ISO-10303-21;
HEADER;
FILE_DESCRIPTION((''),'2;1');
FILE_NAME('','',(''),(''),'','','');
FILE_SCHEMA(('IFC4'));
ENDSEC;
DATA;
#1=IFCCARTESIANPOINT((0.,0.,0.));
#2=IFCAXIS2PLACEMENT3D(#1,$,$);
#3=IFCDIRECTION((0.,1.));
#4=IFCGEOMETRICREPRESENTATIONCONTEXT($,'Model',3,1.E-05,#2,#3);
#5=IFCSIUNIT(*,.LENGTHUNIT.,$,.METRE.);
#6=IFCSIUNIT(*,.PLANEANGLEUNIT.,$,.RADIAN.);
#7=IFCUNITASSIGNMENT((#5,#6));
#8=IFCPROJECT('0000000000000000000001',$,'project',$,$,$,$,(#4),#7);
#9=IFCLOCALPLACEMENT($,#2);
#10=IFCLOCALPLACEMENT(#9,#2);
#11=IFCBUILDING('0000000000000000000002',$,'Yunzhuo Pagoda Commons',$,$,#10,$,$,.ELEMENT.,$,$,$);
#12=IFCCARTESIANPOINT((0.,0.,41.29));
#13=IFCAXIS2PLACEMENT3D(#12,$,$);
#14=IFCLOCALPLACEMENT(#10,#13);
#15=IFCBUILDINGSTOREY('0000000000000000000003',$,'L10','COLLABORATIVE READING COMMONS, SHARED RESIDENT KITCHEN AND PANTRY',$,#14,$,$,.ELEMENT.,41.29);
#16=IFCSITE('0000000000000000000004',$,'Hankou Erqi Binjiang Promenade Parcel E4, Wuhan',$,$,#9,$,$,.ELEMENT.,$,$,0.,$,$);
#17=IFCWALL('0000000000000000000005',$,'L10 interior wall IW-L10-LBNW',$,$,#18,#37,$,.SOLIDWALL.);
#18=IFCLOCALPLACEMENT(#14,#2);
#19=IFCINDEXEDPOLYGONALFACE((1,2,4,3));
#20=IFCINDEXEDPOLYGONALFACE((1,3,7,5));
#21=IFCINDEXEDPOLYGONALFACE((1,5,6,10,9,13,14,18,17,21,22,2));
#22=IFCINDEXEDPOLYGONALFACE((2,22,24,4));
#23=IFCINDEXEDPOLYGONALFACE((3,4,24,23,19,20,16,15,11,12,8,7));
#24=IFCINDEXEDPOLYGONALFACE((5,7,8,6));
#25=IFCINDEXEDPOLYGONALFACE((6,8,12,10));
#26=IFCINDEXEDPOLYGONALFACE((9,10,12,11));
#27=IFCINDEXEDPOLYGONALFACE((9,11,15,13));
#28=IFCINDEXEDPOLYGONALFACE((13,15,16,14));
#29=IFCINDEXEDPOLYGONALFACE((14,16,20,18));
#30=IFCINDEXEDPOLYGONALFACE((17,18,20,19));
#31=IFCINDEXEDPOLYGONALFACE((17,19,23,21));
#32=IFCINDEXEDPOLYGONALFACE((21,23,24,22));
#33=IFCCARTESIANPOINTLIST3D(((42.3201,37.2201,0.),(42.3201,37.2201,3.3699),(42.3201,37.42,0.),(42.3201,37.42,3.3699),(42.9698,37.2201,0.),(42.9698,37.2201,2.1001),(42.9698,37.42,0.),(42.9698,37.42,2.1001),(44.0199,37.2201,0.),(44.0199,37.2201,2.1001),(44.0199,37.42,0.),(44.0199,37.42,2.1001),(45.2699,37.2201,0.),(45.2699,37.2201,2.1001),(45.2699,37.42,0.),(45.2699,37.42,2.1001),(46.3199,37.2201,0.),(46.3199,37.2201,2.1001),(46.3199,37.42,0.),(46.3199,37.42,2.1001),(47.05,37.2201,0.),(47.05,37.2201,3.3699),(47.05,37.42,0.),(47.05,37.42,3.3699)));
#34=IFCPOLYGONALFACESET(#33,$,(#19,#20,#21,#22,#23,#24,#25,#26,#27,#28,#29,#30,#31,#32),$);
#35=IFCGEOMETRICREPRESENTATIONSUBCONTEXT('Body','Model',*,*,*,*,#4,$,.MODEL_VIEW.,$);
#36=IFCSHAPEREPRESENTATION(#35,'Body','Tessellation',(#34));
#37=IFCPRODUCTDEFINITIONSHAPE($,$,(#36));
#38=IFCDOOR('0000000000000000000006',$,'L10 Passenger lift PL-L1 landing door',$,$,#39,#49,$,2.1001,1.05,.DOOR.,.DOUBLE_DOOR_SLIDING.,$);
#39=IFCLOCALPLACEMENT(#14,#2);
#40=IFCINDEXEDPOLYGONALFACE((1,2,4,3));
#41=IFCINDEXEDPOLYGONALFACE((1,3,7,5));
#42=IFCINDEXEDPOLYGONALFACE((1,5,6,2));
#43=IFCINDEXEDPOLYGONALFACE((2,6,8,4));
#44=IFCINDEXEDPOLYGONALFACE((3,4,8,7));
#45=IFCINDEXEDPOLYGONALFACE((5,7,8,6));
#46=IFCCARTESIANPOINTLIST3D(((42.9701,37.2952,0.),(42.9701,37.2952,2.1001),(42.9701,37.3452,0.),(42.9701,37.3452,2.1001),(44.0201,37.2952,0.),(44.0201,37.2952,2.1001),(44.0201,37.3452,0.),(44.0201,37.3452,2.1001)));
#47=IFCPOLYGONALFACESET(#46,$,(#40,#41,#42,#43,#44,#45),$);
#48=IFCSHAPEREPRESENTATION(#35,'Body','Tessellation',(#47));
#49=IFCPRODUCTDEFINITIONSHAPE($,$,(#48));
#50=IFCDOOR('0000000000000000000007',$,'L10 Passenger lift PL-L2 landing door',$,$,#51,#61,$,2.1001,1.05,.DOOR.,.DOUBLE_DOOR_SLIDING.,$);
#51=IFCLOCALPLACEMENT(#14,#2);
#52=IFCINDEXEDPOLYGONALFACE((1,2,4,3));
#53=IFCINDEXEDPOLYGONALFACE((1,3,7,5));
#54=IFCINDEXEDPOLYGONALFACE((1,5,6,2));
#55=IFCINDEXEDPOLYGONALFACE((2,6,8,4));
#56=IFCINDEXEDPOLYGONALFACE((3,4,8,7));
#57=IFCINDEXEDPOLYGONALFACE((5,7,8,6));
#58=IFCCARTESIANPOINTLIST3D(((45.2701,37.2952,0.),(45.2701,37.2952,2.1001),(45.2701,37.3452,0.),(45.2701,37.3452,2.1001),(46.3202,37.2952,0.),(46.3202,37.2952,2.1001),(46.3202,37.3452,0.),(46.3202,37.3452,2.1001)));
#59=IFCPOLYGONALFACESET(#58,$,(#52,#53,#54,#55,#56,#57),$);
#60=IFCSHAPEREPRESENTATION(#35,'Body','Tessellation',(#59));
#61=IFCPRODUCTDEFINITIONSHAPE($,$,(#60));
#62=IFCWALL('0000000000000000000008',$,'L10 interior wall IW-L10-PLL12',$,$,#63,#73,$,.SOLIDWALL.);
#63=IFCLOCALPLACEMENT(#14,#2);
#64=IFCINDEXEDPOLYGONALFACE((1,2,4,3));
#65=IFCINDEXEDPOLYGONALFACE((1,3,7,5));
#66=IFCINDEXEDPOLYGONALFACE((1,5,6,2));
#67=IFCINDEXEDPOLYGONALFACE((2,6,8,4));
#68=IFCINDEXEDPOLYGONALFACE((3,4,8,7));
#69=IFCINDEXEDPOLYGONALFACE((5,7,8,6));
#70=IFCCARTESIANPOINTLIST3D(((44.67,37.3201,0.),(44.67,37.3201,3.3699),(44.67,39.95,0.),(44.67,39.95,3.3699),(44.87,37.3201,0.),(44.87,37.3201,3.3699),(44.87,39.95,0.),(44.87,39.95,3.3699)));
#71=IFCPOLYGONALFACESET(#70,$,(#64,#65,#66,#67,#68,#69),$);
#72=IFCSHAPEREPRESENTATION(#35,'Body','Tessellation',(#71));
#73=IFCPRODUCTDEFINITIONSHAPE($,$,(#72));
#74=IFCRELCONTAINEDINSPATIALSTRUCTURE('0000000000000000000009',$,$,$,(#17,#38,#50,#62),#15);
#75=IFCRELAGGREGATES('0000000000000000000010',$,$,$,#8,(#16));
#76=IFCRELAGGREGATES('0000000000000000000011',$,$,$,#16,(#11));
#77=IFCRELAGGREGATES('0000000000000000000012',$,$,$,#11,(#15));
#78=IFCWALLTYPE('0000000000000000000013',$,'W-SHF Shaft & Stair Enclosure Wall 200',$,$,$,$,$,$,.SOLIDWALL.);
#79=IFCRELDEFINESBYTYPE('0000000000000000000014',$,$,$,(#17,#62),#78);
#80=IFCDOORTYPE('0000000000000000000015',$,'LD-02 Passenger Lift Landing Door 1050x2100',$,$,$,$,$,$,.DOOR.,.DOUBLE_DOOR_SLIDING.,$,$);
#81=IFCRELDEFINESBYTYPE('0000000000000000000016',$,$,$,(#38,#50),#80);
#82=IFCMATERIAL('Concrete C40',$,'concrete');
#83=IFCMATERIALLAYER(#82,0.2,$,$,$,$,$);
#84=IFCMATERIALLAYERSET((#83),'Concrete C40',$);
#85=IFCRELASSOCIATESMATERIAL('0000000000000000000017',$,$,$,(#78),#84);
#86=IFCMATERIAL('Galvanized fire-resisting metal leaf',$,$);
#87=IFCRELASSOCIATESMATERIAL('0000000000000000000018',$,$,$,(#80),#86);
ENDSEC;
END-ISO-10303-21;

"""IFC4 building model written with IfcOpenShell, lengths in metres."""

from ifc_helpers import new_model, si_unit, direction, frame, frame_2d, origin, place, context, subcontext, project, spatial, rectangle, extrude, source, transform, mapped, material, layer, layer_set, type_object, element, fill, save


model = new_model("IFC4")

# Units and contexts
model_context = context("Model", 3, precision=1e-05, world=origin(), true_north=direction((0.0, 1.0)))
body_context = subcontext(model_context, "Body", "Model", "MODEL_VIEW")
ifc_project = project(units=[si_unit("LENGTHUNIT", "METRE"), si_unit("PLANEANGLEUNIT", "RADIAN")], contexts=[model_context])

# Site, building, storey
site_placement = place(None, origin())
site = spatial("IfcSite", under=ifc_project, at=site_placement, Name="Hankou Erqi Binjiang Promenade Parcel E4, Wuhan", CompositionType="ELEMENT", RefElevation=0.0)
building_placement = place(site_placement, origin())
building = spatial("IfcBuilding", under=site, at=building_placement, Name="Yunzhuo Pagoda Commons", CompositionType="ELEMENT")
storey_placement = place(building_placement, frame((0.0, 0.0, 41.29)))
storey = spatial("IfcBuildingStorey", under=building, at=storey_placement, Name="L10", Description="COLLABORATIVE READING COMMONS, SHARED RESIDENT KITCHEN AND PANTRY", CompositionType="ELEMENT", Elevation=41.29)

# Shared definitions
ifc_material_1 = material(Name="Galvanized fire-resisting metal leaf")
shared_shape_1 = source(origin(), body_context, "Body", "SweptSolid", [
    extrude(rectangle(XDim=1.05, YDim=2.1001, at=frame_2d((0.5249, 1.05))), frame((0.0, 0.0249, 0.0), z_axis=(0.0, -1.0, 0.0), x_axis=(1.0, 0.0, 0.0)), (0.0, 0.0, 1.0), 0.05),
])

# Shared definitions
ifc_material_2 = material(Name="Concrete C40", Category="concrete")
ifc_layer_1 = layer(ifc_material_2, 0.2)
ifc_layer_set_1 = layer_set([ifc_layer_1], Name="Concrete C40")
wall_type_1 = type_object("IfcWallType", Name="W-SHF Shaft & Stair Enclosure Wall 200", PredefinedType="SOLIDWALL", material=ifc_layer_set_1)

# Wall, openings, doors
wall_1_placement = place(storey_placement, frame((42.3201, 37.3201, 0.0), z_axis=(0.0, 0.0, 1.0), x_axis=(1.0, 0.0, 0.0)))
wall_1 = element("IfcWall", 1, at=wall_1_placement, inside=storey, type_object=wall_type_1, Name="L10 interior wall IW-L10-LBNW", PredefinedType="SOLIDWALL", context=body_context, shape_type="SweptSolid", body=[
    extrude(rectangle(XDim=4.73, YDim=0.2, at=frame_2d((2.365, 0.0))), origin(), (0.0, 0.0, 1.0), 3.3699),
])
opening_1_placement = place(wall_1_placement, frame((0.6499, 0.0, 0.0)))
opening_1 = element("IfcOpeningElement", 2, at=opening_1_placement, cuts=wall_1, PredefinedType="OPENING", context=body_context, shape_type="SweptSolid", body=[
    extrude(rectangle(XDim=1.05, YDim=2.1001, at=frame_2d((0.5249, 1.05))), frame((0.0, 0.1099, 0.0), z_axis=(0.0, -1.0, 0.0), x_axis=(1.0, 0.0, 0.0)), (0.0, 0.0, 1.0), 0.22),
])
opening_2_placement = place(wall_1_placement, frame((2.95, 0.0, 0.0)))
opening_2 = element("IfcOpeningElement", 3, at=opening_2_placement, cuts=wall_1, PredefinedType="OPENING", context=body_context, shape_type="SweptSolid", body=[
    extrude(rectangle(XDim=1.05, YDim=2.1001, at=frame_2d((0.5249, 1.05))), frame((0.0, 0.1099, 0.0), z_axis=(0.0, -1.0, 0.0), x_axis=(1.0, 0.0, 0.0)), (0.0, 0.0, 1.0), 0.22),
])
door_type_1 = type_object("IfcDoorType", Name="LD-02 Passenger Lift Landing Door 1050x2100", OperationType="DOUBLE_DOOR_SLIDING", PredefinedType="DOOR", material=ifc_material_1)
door_1_placement = place(opening_1_placement, frame((1.05, 0.0, 0.0), z_axis=(0.0, 0.0, 1.0), x_axis=(-1.0, 0.0, 0.0)))
door_1 = element("IfcDoor", 4, at=door_1_placement, inside=storey, type_object=door_type_1, Name="L10 Passenger lift PL-L1 landing door", OperationType="DOUBLE_DOOR_SLIDING", OverallHeight=2.1001, OverallWidth=1.05, PredefinedType="DOOR", context=body_context, shape_type="MappedRepresentation", body=[
    mapped(shared_shape_1, transform((0.0, 0.0, 0.0), scale=1.0)),
])
fill(opening_1, door_1)
door_2_placement = place(opening_2_placement, frame((1.05, 0.0, 0.0), z_axis=(0.0, 0.0, 1.0), x_axis=(-1.0, 0.0, 0.0)))
door_2 = element("IfcDoor", 5, at=door_2_placement, inside=storey, type_object=door_type_1, Name="L10 Passenger lift PL-L2 landing door", OperationType="DOUBLE_DOOR_SLIDING", OverallHeight=2.1001, OverallWidth=1.05, PredefinedType="DOOR", context=body_context, shape_type="MappedRepresentation", body=[
    mapped(shared_shape_1, transform((0.0, 0.0, 0.0), scale=1.0)),
])
fill(opening_2, door_2)

# Wall
wall_2_placement = place(storey_placement, frame((44.77, 37.3201, 0.0), z_axis=(0.0, 0.0, 1.0), x_axis=(0.0, 1.0, 0.0)))
element("IfcWall", 6, at=wall_2_placement, inside=storey, type_object=wall_type_1, Name="L10 interior wall IW-L10-PLL12", PredefinedType="SOLIDWALL", context=body_context, shape_type="SweptSolid", body=[
    extrude(rectangle(XDim=2.6299, YDim=0.2, at=frame_2d((1.3149, 0.0))), origin(), (0.0, 0.0, 1.0), 3.3699),
])

save(model, "model.ifc")
